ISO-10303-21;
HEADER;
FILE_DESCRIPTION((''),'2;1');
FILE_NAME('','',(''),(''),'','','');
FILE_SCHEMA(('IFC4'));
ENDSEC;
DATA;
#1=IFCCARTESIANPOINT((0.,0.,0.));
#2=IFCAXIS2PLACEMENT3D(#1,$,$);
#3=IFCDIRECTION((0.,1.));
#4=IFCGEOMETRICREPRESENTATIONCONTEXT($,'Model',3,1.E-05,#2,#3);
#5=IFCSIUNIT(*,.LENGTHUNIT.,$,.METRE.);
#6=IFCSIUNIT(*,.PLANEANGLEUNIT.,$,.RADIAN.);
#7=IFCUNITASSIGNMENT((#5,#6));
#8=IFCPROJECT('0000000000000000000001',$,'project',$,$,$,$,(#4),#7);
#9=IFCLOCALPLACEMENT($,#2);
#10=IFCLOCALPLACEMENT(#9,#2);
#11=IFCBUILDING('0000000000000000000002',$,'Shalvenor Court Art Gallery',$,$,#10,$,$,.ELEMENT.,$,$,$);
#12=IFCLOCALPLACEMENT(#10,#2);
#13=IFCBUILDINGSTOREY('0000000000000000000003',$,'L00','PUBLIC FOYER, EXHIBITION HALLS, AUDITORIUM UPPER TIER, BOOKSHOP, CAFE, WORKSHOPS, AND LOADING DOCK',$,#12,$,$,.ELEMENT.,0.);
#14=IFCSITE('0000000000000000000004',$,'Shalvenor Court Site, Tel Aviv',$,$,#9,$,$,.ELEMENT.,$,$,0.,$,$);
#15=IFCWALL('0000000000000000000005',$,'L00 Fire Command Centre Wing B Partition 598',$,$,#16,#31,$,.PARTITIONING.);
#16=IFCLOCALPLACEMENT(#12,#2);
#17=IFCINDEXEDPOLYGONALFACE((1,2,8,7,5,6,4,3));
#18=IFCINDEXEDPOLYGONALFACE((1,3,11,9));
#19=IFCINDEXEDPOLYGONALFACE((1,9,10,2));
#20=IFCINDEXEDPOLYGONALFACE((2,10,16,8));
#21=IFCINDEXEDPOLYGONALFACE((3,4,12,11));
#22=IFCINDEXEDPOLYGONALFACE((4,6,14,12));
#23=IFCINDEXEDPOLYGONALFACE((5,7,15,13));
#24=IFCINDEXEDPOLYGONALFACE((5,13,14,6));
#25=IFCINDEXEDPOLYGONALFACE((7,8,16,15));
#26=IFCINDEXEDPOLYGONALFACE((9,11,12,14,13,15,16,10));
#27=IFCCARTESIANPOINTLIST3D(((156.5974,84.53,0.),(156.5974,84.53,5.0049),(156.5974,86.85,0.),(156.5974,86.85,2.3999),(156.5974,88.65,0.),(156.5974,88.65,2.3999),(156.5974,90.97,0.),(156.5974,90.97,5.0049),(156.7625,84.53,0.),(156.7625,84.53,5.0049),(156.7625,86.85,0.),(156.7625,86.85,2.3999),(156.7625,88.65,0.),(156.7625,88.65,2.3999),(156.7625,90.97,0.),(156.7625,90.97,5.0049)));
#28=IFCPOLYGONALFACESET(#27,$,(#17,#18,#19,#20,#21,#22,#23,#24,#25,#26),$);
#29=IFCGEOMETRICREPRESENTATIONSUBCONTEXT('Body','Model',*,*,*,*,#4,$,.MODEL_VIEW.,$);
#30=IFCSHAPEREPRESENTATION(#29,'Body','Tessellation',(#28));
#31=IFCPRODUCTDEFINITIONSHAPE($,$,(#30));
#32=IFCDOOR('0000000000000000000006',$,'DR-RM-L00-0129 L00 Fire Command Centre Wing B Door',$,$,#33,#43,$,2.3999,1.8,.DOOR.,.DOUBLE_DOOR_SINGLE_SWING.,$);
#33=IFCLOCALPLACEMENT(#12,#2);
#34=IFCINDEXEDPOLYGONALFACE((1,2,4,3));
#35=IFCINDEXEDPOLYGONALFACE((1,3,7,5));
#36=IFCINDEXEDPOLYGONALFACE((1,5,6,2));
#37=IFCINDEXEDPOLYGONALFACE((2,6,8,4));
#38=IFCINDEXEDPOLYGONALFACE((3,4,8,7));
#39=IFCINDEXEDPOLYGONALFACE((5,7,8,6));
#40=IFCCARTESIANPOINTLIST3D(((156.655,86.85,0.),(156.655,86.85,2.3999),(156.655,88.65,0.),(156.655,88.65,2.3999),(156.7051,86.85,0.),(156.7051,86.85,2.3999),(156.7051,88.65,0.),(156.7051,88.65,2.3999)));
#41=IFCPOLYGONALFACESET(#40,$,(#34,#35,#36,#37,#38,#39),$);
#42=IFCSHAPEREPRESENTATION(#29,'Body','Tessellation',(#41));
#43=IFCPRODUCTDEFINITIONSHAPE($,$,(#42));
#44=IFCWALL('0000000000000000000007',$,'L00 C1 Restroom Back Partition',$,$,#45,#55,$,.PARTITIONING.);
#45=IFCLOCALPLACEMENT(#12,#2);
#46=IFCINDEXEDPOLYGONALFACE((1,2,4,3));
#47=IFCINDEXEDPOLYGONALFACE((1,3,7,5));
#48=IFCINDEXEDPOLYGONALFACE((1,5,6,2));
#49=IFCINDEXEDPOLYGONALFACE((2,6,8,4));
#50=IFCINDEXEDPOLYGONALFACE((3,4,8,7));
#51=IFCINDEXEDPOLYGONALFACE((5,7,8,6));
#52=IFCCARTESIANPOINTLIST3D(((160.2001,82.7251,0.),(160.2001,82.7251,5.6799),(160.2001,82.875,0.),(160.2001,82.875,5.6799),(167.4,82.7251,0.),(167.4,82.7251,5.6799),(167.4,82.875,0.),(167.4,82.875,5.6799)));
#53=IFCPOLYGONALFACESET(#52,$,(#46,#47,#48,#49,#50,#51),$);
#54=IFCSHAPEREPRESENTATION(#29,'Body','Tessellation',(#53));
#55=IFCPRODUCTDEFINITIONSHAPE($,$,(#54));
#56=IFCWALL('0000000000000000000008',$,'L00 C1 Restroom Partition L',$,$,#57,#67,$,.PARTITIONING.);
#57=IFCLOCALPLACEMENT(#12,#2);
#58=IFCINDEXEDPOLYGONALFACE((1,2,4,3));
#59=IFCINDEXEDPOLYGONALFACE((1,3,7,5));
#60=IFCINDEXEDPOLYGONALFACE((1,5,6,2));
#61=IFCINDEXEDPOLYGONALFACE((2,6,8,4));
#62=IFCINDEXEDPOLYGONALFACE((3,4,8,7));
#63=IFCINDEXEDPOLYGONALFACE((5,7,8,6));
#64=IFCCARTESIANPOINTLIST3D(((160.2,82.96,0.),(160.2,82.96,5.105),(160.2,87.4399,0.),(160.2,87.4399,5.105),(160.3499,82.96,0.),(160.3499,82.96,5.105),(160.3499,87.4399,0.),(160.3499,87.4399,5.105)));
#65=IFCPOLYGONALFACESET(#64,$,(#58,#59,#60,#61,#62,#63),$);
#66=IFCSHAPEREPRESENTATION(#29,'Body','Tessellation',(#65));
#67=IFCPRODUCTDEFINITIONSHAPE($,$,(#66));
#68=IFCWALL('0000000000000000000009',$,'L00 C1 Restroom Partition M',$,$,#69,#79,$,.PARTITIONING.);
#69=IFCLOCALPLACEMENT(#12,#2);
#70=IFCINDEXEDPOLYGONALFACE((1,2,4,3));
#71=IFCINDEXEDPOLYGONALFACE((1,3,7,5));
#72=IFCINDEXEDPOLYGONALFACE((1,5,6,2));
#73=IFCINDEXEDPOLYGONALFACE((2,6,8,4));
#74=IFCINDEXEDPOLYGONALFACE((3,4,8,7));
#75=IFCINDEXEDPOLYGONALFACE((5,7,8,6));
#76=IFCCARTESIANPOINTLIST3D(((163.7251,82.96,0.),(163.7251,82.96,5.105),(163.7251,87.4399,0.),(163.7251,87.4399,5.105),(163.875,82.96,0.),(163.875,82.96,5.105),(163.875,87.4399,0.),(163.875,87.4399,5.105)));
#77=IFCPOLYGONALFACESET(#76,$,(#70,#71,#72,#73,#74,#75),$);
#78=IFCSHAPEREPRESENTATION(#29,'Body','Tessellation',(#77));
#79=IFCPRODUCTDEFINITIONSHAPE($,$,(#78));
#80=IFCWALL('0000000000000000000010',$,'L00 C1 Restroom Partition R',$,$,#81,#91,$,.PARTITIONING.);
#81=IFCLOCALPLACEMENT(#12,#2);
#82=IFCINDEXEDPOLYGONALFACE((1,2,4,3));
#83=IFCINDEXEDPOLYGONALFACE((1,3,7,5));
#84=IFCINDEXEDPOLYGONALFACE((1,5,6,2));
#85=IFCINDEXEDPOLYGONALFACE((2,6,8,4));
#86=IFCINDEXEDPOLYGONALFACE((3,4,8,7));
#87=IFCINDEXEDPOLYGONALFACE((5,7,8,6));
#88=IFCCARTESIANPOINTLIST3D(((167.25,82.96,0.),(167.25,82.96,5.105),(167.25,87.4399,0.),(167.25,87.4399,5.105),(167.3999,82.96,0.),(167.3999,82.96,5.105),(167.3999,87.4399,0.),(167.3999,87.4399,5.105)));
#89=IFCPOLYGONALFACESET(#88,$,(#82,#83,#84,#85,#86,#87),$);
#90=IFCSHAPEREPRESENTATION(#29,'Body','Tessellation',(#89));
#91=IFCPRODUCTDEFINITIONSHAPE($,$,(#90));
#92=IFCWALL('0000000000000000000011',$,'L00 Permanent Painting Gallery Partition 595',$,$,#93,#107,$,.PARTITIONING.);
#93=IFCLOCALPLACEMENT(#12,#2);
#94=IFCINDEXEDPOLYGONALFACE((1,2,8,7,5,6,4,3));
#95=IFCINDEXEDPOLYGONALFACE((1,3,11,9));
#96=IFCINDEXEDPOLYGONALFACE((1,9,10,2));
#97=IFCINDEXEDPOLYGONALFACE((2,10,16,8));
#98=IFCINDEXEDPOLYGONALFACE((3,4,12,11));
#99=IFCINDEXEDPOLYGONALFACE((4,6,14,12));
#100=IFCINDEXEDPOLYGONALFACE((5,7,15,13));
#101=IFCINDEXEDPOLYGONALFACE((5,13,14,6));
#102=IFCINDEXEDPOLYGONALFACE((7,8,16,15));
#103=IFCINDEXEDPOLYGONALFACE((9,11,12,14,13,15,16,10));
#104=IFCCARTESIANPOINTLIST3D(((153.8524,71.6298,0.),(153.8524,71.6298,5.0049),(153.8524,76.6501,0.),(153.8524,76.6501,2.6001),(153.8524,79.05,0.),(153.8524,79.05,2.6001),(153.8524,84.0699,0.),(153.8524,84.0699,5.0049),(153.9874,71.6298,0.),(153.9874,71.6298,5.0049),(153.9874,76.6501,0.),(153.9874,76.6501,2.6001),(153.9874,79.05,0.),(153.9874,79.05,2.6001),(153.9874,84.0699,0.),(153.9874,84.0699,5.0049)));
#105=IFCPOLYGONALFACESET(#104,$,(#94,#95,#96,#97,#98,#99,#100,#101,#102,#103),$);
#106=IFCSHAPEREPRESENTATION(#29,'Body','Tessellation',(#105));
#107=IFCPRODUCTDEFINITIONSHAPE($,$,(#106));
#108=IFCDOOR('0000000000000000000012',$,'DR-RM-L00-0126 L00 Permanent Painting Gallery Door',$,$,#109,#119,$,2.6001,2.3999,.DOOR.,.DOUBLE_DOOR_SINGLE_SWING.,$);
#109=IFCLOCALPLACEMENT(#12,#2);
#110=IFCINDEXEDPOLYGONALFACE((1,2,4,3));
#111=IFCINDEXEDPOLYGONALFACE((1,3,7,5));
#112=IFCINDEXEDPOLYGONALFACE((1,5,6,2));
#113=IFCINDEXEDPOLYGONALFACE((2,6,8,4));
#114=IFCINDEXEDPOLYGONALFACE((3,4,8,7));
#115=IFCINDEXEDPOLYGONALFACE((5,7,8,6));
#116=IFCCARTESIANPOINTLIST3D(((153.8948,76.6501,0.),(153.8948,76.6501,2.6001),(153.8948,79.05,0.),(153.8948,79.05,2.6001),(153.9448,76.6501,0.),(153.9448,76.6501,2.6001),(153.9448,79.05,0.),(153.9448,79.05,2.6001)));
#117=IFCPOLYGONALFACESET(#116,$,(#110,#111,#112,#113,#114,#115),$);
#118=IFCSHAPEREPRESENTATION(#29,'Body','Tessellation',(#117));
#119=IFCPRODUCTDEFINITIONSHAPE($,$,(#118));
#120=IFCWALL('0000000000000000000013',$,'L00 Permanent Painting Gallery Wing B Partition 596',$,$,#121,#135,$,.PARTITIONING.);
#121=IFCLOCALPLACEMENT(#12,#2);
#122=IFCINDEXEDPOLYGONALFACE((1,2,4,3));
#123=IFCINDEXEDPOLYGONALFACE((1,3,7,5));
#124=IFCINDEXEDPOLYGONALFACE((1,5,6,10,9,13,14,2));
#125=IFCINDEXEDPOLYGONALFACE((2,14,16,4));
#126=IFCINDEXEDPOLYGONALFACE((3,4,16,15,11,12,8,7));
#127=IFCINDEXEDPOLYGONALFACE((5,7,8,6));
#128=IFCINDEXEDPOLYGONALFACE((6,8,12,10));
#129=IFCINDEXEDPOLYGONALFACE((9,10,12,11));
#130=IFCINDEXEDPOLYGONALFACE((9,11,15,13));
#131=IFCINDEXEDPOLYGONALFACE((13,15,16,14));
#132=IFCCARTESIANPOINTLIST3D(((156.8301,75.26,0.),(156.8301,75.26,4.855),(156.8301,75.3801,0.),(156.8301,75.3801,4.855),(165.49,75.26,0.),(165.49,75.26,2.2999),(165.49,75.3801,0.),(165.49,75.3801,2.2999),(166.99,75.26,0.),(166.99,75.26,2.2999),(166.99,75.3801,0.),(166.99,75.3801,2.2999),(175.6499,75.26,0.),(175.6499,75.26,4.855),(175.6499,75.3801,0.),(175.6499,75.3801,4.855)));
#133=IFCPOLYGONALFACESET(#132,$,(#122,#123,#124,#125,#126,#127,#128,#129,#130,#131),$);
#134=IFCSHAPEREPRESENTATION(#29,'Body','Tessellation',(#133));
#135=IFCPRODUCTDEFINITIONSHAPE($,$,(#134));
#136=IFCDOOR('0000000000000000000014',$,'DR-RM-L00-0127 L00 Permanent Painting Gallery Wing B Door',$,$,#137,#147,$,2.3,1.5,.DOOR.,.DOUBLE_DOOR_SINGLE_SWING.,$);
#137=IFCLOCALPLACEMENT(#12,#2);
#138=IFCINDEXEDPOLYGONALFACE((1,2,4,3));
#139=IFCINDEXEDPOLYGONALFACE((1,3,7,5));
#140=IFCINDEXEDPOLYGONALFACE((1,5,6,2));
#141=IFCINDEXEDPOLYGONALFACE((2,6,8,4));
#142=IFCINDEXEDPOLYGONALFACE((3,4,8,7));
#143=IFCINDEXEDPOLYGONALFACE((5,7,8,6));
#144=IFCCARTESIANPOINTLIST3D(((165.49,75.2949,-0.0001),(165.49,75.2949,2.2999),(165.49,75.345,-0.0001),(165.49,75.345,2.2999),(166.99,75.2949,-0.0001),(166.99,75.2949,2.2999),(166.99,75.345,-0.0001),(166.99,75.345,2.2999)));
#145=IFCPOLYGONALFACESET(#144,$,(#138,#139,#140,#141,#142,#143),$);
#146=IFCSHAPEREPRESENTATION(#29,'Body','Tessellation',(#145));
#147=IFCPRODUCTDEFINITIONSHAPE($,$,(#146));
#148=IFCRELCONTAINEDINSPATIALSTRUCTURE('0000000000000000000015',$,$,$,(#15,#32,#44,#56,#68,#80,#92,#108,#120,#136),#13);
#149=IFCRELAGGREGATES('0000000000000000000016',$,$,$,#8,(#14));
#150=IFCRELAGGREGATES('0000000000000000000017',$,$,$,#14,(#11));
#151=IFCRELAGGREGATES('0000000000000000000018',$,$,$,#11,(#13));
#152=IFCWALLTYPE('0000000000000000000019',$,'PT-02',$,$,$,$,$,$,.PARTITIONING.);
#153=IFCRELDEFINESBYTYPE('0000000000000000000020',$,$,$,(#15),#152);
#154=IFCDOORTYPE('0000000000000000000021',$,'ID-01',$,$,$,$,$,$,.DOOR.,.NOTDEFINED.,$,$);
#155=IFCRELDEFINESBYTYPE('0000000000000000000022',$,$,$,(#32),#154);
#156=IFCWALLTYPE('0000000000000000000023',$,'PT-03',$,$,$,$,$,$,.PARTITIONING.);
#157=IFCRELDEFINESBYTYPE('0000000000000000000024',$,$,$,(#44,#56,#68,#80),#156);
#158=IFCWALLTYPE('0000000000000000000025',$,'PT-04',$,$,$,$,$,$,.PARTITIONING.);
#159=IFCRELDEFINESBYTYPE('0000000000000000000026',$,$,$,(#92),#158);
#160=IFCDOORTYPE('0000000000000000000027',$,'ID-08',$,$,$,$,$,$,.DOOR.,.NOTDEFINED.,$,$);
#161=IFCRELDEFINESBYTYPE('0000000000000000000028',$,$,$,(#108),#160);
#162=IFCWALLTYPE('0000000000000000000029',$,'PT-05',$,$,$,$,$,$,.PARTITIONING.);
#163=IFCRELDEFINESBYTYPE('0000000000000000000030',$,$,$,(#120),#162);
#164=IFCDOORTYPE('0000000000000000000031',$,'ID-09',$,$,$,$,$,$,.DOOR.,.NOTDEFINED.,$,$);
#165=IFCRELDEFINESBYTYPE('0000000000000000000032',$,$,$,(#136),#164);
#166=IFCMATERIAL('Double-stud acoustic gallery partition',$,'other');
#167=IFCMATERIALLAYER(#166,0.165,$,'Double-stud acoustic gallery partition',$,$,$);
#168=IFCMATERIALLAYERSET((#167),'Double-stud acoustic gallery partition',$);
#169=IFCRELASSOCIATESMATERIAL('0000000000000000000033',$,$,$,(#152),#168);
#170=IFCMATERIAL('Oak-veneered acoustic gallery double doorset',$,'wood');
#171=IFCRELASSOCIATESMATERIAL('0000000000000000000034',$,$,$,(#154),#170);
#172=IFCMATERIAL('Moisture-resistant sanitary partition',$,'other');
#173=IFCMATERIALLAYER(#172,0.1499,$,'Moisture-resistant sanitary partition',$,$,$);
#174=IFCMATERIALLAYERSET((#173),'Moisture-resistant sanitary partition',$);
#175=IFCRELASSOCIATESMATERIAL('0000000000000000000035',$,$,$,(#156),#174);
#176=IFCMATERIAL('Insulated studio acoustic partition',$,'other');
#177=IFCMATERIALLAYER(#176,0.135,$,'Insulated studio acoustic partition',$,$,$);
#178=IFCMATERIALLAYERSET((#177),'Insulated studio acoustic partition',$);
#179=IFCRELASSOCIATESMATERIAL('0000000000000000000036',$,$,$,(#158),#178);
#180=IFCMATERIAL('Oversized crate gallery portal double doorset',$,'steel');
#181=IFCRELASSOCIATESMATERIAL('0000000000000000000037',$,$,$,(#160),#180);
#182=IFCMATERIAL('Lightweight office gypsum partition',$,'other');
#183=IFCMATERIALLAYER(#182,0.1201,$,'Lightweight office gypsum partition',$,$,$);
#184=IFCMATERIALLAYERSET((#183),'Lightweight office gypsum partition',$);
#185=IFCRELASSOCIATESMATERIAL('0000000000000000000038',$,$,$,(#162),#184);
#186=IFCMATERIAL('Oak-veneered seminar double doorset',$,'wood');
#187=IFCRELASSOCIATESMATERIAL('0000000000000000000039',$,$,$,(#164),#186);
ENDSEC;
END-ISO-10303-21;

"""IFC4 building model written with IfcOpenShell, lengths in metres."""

from ifc_helpers import new_model, si_unit, direction, frame, frame_2d, origin, place, context, subcontext, project, spatial, rectangle, extrude, material, layer, layer_set, type_object, element, fill, save


model = new_model("IFC4")

# Units and contexts
model_context = context("Model", 3, precision=1e-05, world=origin(), true_north=direction((0.0, 1.0)))
body_context = subcontext(model_context, "Body", "Model", "MODEL_VIEW")
ifc_project = project(units=[si_unit("LENGTHUNIT", "METRE"), si_unit("PLANEANGLEUNIT", "RADIAN")], contexts=[model_context])

# Site, building, storey
site_placement = place(None, origin())
site = spatial("IfcSite", under=ifc_project, at=site_placement, Name="Shalvenor Court Site, Tel Aviv", CompositionType="ELEMENT", RefElevation=0.0)
building_placement = place(site_placement, origin())
building = spatial("IfcBuilding", under=site, at=building_placement, Name="Shalvenor Court Art Gallery", CompositionType="ELEMENT")
storey_placement = place(building_placement, origin())
storey = spatial("IfcBuildingStorey", under=building, at=storey_placement, Name="L00", Description="PUBLIC FOYER, EXHIBITION HALLS, AUDITORIUM UPPER TIER, BOOKSHOP, CAFE, WORKSHOPS, AND LOADING DOCK", CompositionType="ELEMENT", Elevation=0.0)

# Wall, opening, door
ifc_material_1 = material(Name="Double-stud acoustic gallery partition", Category="other")
ifc_layer_1 = layer(ifc_material_1, 0.165, Name="Double-stud acoustic gallery partition")
ifc_layer_set_1 = layer_set([ifc_layer_1], Name="Double-stud acoustic gallery partition")
wall_type_1 = type_object("IfcWallType", Name="PT-02", PredefinedType="PARTITIONING", material=ifc_layer_set_1)
wall_1_placement = place(storey_placement, frame((156.6799, 84.53, 0.0), z_axis=(0.0, 0.0, 1.0), x_axis=(0.0, 1.0, 0.0)))
wall_1 = element("IfcWall", 1, at=wall_1_placement, inside=storey, type_object=wall_type_1, Name="L00 Fire Command Centre Wing B Partition 598", PredefinedType="PARTITIONING", context=body_context, shape_type="SweptSolid", body=[
    extrude(rectangle(XDim=6.4399, YDim=0.165, at=frame_2d((3.22, 0.0))), origin(), (0.0, 0.0, 1.0), 5.0049),
])
opening_1_placement = place(wall_1_placement, frame((2.3201, 0.0, 0.0)))
opening_1 = element("IfcOpeningElement", 2, at=opening_1_placement, cuts=wall_1, PredefinedType="OPENING", context=body_context, shape_type="SweptSolid", body=[
    extrude(rectangle(XDim=1.8, YDim=2.3999, at=frame_2d((0.8999, 1.2))), frame((0.0, 0.0925, 0.0), z_axis=(0.0, -1.0, 0.0), x_axis=(1.0, 0.0, 0.0)), (0.0, 0.0, 1.0), 0.1851),
])
ifc_material_2 = material(Name="Oak-veneered acoustic gallery double doorset", Category="wood")
door_type_1 = type_object("IfcDoorType", Name="ID-01", OperationType="NOTDEFINED", PredefinedType="DOOR", material=ifc_material_2)
door_1_placement = place(opening_1_placement, origin())
door_1 = element("IfcDoor", 3, at=door_1_placement, inside=storey, type_object=door_type_1, Name="DR-RM-L00-0129 L00 Fire Command Centre Wing B Door", OperationType="DOUBLE_DOOR_SINGLE_SWING", OverallHeight=2.3999, OverallWidth=1.8, PredefinedType="DOOR", context=body_context, shape_type="SweptSolid", body=[
    extrude(rectangle(XDim=1.8, YDim=2.3999, at=frame_2d((0.8999, 1.2))), frame((0.0, 0.0249, 0.0), z_axis=(0.0, -1.0, 0.0), x_axis=(1.0, 0.0, 0.0)), (0.0, 0.0, 1.0), 0.05),
])
fill(opening_1, door_1)

# Walls
ifc_material_3 = material(Name="Moisture-resistant sanitary partition", Category="other")
ifc_layer_2 = layer(ifc_material_3, 0.1499, Name="Moisture-resistant sanitary partition")
ifc_layer_set_2 = layer_set([ifc_layer_2], Name="Moisture-resistant sanitary partition")
wall_type_2 = type_object("IfcWallType", Name="PT-03", PredefinedType="PARTITIONING", material=ifc_layer_set_2)
wall_2_placement = place(storey_placement, frame((160.2, 82.8, 0.0), z_axis=(0.0, 0.0, 1.0), x_axis=(1.0, 0.0, 0.0)))
element("IfcWall", 4, at=wall_2_placement, inside=storey, type_object=wall_type_2, Name="L00 C1 Restroom Back Partition", PredefinedType="PARTITIONING", context=body_context, shape_type="SweptSolid", body=[
    extrude(rectangle(XDim=7.2, YDim=0.1499, at=frame_2d((3.6001, 0.0))), origin(), (0.0, 0.0, 1.0), 5.6799),
])
for number, where, z_axis, x_axis, name in (
    (5, (160.2749, 82.96, 0.0), (0.0, 0.0, 1.0), (0.0, 1.0, 0.0), "L00 C1 Restroom Partition L"),
    (6, (163.8, 82.96, 0.0), (0.0, 0.0, 1.0), (0.0, 1.0, 0.0), "L00 C1 Restroom Partition M"),
    (7, (167.325, 82.96, 0.0), (0.0, 0.0, 1.0), (0.0, 1.0, 0.0), "L00 C1 Restroom Partition R"),
):
    element("IfcWall", number, at=place(storey_placement, frame(where, z_axis=z_axis, x_axis=x_axis)), inside=storey, type_object=wall_type_2, Name=name, PredefinedType="PARTITIONING", context=body_context, shape_type="SweptSolid", body=[
        extrude(rectangle(XDim=4.48, YDim=0.1499, at=frame_2d((2.24, 0.0))), origin(), (0.0, 0.0, 1.0), 5.105),
    ])

# Walls, openings, doors
ifc_material_4 = material(Name="Insulated studio acoustic partition", Category="other")
ifc_layer_3 = layer(ifc_material_4, 0.135, Name="Insulated studio acoustic partition")
ifc_layer_set_3 = layer_set([ifc_layer_3], Name="Insulated studio acoustic partition")
wall_type_3 = type_object("IfcWallType", Name="PT-04", PredefinedType="PARTITIONING", material=ifc_layer_set_3)
wall_3_placement = place(storey_placement, frame((153.9199, 84.0701, 0.0), z_axis=(0.0, 0.0, 1.0), x_axis=(0.0, -1.0, 0.0)))
wall_3 = element("IfcWall", 8, at=wall_3_placement, inside=storey, type_object=wall_type_3, Name="L00 Permanent Painting Gallery Partition 595", PredefinedType="PARTITIONING", context=body_context, shape_type="SweptSolid", body=[
    extrude(rectangle(XDim=12.4402, YDim=0.135, at=frame_2d((6.2202, 0.0))), origin(), (0.0, 0.0, 1.0), 5.0049),
])
opening_2_placement = place(wall_3_placement, frame((5.02, 0.0, 0.0)))
opening_2 = element("IfcOpeningElement", 9, at=opening_2_placement, cuts=wall_3, PredefinedType="OPENING", context=body_context, shape_type="SweptSolid", body=[
    extrude(rectangle(XDim=2.3999, YDim=2.6001, at=frame_2d((1.2, 1.3))), frame((0.0, 0.0774, 0.0), z_axis=(0.0, -1.0, 0.0), x_axis=(1.0, 0.0, 0.0)), (0.0, 0.0, 1.0), 0.155),
])
ifc_material_5 = material(Name="Oversized crate gallery portal double doorset", Category="steel")
door_type_2 = type_object("IfcDoorType", Name="ID-08", OperationType="NOTDEFINED", PredefinedType="DOOR", material=ifc_material_5)
door_2_placement = place(opening_2_placement, origin())
door_2 = element("IfcDoor", 10, at=door_2_placement, inside=storey, type_object=door_type_2, Name="DR-RM-L00-0126 L00 Permanent Painting Gallery Door", OperationType="DOUBLE_DOOR_SINGLE_SWING", OverallHeight=2.6001, OverallWidth=2.3999, PredefinedType="DOOR", context=body_context, shape_type="SweptSolid", body=[
    extrude(rectangle(XDim=2.3999, YDim=2.6001, at=frame_2d((1.2, 1.3))), frame((0.0, 0.0249, 0.0), z_axis=(0.0, -1.0, 0.0), x_axis=(1.0, 0.0, 0.0)), (0.0, 0.0, 1.0), 0.05),
])
fill(opening_2, door_2)
ifc_material_6 = material(Name="Lightweight office gypsum partition", Category="other")
ifc_layer_4 = layer(ifc_material_6, 0.1201, Name="Lightweight office gypsum partition")
ifc_layer_set_4 = layer_set([ifc_layer_4], Name="Lightweight office gypsum partition")
wall_type_4 = type_object("IfcWallType", Name="PT-05", PredefinedType="PARTITIONING", material=ifc_layer_set_4)
wall_4_placement = place(storey_placement, frame((156.8301, 75.3201, 0.0), z_axis=(0.0, 0.0, 1.0), x_axis=(1.0, 0.0, 0.0)))
wall_4 = element("IfcWall", 11, at=wall_4_placement, inside=storey, type_object=wall_type_4, Name="L00 Permanent Painting Gallery Wing B Partition 596", PredefinedType="PARTITIONING", context=body_context, shape_type="SweptSolid", body=[
    extrude(rectangle(XDim=18.8198, YDim=0.1201, at=frame_2d((9.4099, 0.0))), origin(), (0.0, 0.0, 1.0), 4.855),
])
opening_3_placement = place(wall_4_placement, frame((8.6599, 0.0, 0.0)))
opening_3 = element("IfcOpeningElement", 12, at=opening_3_placement, cuts=wall_4, PredefinedType="OPENING", context=body_context, shape_type="SweptSolid", body=[
    extrude(rectangle(XDim=1.5, YDim=2.3, at=frame_2d((0.75, 1.1499))), frame((0.0, 0.0701, 0.0), z_axis=(0.0, -1.0, 0.0), x_axis=(1.0, 0.0, 0.0)), (0.0, 0.0, 1.0), 0.1401),
])
ifc_material_7 = material(Name="Oak-veneered seminar double doorset", Category="wood")
door_type_3 = type_object("IfcDoorType", Name="ID-09", OperationType="NOTDEFINED", PredefinedType="DOOR", material=ifc_material_7)
door_3_placement = place(opening_3_placement, origin())
door_3 = element("IfcDoor", 13, at=door_3_placement, inside=storey, type_object=door_type_3, Name="DR-RM-L00-0127 L00 Permanent Painting Gallery Wing B Door", OperationType="DOUBLE_DOOR_SINGLE_SWING", OverallHeight=2.3, OverallWidth=1.5, PredefinedType="DOOR", context=body_context, shape_type="SweptSolid", body=[
    extrude(rectangle(XDim=1.5, YDim=2.3, at=frame_2d((0.75, 1.1499))), frame((0.0, 0.0249, 0.0), z_axis=(0.0, -1.0, 0.0), x_axis=(1.0, 0.0, 0.0)), (0.0, 0.0, 1.0), 0.05),
])
fill(opening_3, door_3)

save(model, "model.ifc")
